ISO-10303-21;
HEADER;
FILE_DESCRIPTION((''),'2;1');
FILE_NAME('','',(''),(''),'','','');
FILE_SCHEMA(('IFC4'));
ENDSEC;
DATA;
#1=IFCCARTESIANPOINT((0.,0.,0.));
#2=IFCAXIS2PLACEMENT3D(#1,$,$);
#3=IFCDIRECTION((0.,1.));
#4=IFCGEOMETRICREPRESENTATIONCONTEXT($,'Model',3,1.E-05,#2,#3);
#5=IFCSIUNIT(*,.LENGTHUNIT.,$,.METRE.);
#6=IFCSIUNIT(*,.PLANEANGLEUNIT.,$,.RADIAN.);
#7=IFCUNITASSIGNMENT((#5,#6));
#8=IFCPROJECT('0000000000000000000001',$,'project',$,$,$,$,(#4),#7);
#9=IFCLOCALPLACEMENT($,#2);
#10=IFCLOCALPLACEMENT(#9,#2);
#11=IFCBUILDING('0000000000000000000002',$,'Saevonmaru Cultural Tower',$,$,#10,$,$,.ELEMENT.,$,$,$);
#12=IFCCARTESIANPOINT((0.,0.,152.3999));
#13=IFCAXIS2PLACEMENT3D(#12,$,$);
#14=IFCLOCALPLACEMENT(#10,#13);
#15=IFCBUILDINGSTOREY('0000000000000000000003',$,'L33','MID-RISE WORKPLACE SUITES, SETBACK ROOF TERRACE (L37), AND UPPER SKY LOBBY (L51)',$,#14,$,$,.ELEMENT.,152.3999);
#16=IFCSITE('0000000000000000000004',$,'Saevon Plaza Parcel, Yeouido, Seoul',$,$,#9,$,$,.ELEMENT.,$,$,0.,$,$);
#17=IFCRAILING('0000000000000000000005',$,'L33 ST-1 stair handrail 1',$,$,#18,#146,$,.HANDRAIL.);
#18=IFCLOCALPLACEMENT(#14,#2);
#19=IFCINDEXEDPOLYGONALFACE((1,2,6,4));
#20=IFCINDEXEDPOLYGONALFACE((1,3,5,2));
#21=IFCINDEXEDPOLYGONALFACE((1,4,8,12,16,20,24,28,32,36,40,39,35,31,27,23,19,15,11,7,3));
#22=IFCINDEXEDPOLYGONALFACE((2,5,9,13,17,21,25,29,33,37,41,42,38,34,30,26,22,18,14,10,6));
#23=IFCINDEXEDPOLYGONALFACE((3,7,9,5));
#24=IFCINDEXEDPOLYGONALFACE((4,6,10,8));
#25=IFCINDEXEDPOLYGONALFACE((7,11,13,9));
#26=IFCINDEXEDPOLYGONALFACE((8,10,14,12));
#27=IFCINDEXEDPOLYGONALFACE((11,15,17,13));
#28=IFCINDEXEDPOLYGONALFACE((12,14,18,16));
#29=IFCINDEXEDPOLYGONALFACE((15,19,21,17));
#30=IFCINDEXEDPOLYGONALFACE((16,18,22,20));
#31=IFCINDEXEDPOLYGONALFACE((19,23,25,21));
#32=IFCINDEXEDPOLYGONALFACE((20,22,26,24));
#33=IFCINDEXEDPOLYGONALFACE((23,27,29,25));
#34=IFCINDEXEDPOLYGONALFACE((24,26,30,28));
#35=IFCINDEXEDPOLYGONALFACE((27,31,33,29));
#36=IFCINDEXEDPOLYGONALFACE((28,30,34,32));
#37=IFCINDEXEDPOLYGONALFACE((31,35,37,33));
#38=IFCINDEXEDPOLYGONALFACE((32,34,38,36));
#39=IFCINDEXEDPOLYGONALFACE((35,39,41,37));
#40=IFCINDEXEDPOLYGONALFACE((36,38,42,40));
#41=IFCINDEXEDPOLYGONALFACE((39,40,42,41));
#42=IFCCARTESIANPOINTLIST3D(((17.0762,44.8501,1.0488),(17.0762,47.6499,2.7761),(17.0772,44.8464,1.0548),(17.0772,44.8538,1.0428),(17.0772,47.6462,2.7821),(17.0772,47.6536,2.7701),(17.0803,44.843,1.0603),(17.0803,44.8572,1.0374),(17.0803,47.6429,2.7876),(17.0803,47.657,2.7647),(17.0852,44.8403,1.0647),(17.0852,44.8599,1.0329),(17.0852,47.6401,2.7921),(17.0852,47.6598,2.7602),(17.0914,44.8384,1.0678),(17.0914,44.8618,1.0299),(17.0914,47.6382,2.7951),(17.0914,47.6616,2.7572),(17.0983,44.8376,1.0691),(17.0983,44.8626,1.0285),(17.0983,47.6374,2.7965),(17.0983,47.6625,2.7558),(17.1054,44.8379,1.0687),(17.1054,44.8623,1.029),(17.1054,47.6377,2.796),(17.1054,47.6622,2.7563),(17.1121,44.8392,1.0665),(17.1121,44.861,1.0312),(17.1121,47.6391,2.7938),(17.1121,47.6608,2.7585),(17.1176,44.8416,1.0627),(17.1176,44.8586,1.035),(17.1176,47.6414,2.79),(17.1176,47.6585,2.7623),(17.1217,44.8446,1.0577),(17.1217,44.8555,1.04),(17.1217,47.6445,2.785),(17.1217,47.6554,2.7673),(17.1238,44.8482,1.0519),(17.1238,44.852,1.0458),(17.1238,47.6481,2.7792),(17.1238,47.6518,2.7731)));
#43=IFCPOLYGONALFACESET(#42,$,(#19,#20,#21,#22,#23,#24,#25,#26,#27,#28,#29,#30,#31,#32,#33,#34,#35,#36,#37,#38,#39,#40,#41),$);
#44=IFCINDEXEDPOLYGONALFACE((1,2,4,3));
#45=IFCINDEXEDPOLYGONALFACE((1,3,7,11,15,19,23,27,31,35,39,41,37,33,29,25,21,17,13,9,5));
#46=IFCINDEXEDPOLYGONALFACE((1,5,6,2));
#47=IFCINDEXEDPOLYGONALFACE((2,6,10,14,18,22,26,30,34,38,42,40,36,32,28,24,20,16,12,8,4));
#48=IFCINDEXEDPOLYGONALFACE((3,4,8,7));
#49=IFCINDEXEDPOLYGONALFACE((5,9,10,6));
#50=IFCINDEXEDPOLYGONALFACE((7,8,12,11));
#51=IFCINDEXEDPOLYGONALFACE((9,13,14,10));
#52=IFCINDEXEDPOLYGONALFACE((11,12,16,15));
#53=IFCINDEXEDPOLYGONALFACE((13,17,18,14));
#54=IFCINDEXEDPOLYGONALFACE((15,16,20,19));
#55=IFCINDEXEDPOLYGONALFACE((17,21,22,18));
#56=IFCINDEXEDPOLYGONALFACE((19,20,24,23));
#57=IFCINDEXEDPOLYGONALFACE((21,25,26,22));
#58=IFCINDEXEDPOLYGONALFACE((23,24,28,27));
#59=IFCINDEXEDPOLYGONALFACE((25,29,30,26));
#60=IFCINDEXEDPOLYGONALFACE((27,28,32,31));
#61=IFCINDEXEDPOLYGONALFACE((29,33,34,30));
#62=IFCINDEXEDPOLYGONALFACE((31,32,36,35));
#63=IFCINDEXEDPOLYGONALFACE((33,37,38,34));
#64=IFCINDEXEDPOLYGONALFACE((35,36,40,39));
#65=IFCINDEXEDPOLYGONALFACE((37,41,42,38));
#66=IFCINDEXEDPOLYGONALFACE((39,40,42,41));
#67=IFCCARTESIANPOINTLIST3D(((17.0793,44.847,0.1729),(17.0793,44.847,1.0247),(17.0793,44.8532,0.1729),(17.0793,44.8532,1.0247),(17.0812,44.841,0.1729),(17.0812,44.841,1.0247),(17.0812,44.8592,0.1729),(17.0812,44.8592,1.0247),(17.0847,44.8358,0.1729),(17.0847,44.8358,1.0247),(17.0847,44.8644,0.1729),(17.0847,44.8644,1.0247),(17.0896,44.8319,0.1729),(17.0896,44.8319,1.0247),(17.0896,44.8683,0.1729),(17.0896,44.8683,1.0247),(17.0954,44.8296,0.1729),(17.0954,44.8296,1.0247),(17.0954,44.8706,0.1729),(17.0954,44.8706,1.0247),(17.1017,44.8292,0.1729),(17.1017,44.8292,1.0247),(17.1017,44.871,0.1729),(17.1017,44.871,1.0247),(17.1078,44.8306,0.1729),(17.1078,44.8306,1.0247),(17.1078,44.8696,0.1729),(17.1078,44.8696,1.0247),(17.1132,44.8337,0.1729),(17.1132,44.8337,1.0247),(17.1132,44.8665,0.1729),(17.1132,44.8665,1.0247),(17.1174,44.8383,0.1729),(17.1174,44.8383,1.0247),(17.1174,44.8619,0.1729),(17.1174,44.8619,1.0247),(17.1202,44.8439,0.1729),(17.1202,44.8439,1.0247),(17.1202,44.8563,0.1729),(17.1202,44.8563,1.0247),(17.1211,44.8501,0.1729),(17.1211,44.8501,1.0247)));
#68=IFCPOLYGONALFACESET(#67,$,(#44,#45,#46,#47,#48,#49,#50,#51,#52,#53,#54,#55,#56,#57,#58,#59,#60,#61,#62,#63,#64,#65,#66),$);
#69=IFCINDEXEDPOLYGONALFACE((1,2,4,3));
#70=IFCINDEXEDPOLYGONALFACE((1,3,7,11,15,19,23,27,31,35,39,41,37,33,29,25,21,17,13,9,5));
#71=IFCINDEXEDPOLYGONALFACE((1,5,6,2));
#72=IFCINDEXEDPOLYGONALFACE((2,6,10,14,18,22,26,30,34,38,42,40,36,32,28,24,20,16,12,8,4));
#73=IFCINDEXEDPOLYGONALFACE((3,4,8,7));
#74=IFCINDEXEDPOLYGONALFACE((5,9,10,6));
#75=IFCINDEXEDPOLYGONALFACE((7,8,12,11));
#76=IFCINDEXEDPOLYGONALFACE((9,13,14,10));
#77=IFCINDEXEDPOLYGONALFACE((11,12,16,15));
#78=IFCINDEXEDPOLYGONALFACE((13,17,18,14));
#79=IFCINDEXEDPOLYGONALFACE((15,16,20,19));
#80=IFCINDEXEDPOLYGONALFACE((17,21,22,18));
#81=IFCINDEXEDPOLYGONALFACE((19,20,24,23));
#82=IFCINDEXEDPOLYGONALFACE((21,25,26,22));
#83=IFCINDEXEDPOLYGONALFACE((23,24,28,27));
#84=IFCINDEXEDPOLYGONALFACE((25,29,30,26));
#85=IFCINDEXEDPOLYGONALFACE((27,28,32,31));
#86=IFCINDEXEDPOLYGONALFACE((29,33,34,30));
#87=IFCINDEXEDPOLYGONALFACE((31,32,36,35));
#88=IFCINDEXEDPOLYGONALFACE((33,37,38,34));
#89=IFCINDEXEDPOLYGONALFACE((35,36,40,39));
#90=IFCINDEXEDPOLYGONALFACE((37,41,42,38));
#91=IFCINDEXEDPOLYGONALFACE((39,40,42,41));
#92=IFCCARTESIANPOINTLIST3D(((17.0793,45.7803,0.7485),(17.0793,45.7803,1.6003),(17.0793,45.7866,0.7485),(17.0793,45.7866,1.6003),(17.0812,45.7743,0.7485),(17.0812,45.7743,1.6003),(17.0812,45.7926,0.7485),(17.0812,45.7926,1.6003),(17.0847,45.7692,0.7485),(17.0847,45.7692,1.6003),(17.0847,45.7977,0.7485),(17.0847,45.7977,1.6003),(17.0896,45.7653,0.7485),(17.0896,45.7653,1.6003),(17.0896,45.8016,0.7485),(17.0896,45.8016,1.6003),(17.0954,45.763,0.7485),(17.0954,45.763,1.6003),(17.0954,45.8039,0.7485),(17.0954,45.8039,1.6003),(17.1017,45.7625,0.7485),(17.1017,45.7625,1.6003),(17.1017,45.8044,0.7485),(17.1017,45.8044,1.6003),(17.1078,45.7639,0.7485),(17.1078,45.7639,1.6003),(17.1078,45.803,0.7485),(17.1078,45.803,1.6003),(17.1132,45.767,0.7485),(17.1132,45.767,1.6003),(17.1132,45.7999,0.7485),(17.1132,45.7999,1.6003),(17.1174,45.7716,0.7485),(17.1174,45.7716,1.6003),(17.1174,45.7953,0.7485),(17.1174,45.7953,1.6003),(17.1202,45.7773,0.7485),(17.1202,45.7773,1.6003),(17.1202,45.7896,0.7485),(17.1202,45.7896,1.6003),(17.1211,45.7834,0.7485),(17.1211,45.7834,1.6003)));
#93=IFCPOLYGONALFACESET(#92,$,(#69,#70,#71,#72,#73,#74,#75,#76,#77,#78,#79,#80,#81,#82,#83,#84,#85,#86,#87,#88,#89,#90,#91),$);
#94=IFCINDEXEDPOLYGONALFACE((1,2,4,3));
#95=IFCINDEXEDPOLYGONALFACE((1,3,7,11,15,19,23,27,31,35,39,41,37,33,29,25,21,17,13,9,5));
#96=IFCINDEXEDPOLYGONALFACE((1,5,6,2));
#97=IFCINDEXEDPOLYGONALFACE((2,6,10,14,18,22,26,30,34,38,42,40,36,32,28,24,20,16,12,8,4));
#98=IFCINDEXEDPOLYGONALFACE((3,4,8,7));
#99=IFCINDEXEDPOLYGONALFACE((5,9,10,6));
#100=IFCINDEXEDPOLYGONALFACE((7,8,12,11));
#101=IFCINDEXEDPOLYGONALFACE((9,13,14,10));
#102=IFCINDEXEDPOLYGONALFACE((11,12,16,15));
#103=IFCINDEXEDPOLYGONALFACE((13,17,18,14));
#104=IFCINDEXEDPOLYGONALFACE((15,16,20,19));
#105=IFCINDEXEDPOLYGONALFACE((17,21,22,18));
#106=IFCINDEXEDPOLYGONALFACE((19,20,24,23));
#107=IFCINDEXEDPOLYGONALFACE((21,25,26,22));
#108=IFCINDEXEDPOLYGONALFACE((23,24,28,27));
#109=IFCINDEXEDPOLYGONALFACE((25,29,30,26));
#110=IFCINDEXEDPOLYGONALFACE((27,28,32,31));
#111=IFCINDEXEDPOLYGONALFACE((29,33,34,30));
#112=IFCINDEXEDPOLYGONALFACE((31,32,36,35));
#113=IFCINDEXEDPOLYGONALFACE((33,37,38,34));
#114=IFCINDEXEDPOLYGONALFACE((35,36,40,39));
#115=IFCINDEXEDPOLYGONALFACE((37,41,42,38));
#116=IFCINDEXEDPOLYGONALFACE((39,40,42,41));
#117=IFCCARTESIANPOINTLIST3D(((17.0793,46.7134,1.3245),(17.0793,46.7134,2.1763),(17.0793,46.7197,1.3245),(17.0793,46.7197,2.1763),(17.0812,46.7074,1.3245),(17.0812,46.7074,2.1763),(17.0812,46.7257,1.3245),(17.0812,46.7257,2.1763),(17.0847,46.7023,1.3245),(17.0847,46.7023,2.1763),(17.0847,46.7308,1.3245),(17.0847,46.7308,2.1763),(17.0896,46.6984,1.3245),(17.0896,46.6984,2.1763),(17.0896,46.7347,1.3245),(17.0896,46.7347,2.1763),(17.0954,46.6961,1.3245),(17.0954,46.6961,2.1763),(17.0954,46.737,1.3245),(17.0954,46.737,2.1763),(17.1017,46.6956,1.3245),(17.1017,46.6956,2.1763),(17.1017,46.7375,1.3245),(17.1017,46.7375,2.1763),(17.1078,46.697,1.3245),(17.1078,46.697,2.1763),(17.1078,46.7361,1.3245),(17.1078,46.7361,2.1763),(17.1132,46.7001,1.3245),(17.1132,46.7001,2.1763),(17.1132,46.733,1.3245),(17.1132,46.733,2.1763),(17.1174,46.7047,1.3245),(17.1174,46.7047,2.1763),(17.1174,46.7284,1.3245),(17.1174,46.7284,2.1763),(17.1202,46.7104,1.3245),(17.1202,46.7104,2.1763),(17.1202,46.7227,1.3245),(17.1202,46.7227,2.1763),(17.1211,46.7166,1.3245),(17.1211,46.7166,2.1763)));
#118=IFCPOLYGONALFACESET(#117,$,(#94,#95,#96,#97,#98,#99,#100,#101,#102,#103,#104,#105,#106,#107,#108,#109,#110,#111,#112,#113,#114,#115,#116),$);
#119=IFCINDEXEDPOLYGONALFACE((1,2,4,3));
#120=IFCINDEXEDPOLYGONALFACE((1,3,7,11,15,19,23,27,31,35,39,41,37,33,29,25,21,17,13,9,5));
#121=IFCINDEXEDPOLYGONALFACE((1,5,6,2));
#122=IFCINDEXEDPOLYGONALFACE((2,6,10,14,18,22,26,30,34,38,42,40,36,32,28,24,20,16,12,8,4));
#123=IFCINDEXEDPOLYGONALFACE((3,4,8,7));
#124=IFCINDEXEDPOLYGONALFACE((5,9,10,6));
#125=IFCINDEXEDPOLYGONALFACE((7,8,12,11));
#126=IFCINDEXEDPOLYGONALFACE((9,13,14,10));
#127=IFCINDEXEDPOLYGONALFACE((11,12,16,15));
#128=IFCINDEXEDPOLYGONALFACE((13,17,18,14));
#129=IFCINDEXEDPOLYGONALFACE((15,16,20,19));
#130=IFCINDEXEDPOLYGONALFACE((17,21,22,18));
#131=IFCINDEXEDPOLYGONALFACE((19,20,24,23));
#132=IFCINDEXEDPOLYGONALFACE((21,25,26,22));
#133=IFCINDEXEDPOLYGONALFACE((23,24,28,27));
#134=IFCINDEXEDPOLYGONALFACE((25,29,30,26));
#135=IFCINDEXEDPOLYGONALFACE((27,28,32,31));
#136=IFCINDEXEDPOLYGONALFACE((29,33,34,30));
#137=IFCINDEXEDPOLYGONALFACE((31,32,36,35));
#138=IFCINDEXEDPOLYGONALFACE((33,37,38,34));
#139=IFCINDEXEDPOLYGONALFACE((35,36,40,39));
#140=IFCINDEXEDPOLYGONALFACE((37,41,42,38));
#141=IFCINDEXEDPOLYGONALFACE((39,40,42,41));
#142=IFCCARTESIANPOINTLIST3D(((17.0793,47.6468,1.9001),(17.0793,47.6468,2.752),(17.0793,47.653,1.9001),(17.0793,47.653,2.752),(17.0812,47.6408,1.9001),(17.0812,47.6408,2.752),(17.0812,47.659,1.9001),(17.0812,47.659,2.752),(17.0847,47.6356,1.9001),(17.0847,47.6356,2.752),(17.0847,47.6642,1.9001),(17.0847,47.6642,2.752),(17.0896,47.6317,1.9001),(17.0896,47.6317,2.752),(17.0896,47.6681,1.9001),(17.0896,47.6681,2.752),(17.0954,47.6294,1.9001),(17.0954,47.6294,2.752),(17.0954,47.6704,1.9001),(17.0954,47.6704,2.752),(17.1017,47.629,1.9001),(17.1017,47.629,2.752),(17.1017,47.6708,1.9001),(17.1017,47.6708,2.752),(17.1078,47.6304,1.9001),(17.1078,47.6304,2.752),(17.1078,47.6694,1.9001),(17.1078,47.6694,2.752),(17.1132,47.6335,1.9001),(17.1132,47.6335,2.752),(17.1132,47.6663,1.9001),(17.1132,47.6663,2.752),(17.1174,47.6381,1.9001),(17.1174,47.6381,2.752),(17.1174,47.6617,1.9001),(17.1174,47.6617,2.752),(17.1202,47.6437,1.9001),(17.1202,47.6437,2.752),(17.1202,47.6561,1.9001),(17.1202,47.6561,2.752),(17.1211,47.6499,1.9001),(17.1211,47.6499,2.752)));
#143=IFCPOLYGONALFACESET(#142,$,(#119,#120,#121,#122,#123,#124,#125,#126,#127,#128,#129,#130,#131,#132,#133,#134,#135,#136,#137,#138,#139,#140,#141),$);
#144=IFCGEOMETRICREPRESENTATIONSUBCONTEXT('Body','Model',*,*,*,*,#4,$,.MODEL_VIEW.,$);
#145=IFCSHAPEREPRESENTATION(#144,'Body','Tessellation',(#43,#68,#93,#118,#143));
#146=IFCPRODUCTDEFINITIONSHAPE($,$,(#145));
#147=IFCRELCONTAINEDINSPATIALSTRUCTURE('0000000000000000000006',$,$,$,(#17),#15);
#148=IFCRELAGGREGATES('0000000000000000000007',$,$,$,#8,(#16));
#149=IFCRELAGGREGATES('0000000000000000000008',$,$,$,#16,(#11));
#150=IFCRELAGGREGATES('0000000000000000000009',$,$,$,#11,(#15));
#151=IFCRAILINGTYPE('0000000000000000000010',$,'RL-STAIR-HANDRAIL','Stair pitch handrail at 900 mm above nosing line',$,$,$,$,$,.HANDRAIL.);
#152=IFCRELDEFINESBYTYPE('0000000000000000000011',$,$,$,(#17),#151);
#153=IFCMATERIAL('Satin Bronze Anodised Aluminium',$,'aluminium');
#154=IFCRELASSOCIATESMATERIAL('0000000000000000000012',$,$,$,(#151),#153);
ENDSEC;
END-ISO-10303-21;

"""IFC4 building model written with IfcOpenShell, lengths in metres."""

from ifc_helpers import new_model, si_unit, direction, frame, origin, origin_2d, place, context, subcontext, project, spatial, circle, extrude, material, type_object, element, save


model = new_model("IFC4")

# Units and contexts
model_context = context("Model", 3, precision=1e-05, world=origin(), true_north=direction((0.0, 1.0)))
body_context = subcontext(model_context, "Body", "Model", "MODEL_VIEW")
ifc_project = project(units=[si_unit("LENGTHUNIT", "METRE"), si_unit("PLANEANGLEUNIT", "RADIAN")], contexts=[model_context])

# Site, building, storey
site_placement = place(None, origin())
site = spatial("IfcSite", under=ifc_project, at=site_placement, Name="Saevon Plaza Parcel, Yeouido, Seoul", CompositionType="ELEMENT", RefElevation=0.0)
building_placement = place(site_placement, origin())
building = spatial("IfcBuilding", under=site, at=building_placement, Name="Saevonmaru Cultural Tower", CompositionType="ELEMENT")
storey_placement = place(building_placement, frame((0.0, 0.0, 152.3999)))
storey = spatial("IfcBuildingStorey", under=building, at=storey_placement, Name="L33", Description="MID-RISE WORKPLACE SUITES, SETBACK ROOF TERRACE (L37), AND UPPER SKY LOBBY (L51)", CompositionType="ELEMENT", Elevation=152.3999)

# Shared definitions
ifc_material_1 = material(Name="Satin Bronze Anodised Aluminium", Category="aluminium")

# Railing
railing_type_1 = type_object("IfcRailingType", Name="RL-STAIR-HANDRAIL", Description="Stair pitch handrail at 900 mm above nosing line", PredefinedType="HANDRAIL", material=ifc_material_1)
railing_1_placement = place(storey_placement, frame((17.1001, 44.8501, 0.1729)))
element("IfcRailing", 1, at=railing_1_placement, inside=storey, type_object=railing_type_1, Name="L33 ST-1 stair handrail 1", PredefinedType="HANDRAIL", context=body_context, shape_type="SweptSolid", body=[
    extrude(circle(Radius=0.0239, at=origin_2d()), frame((0.0, 0.0, 0.876), z_axis=(0.0, 0.851069, 0.525054), x_axis=(-1.0, 0.0, 0.0)), (0.0, 0.0, 1.0), 3.2898),
    extrude(circle(Radius=0.021, at=origin_2d()), origin(), (0.0, 0.0, 1.0), 0.8518),
    extrude(circle(Radius=0.021, at=origin_2d()), frame((0.0, 0.9333, 0.5757)), (0.0, 0.0, 1.0), 0.8518),
    extrude(circle(Radius=0.021, at=origin_2d()), frame((0.0, 1.8665, 1.1516)), (0.0, 0.0, 1.0), 0.8518),
    extrude(circle(Radius=0.021, at=origin_2d()), frame((0.0, 2.7998, 1.7273)), (0.0, 0.0, 1.0), 0.8518),
])

save(model, "model.ifc")
